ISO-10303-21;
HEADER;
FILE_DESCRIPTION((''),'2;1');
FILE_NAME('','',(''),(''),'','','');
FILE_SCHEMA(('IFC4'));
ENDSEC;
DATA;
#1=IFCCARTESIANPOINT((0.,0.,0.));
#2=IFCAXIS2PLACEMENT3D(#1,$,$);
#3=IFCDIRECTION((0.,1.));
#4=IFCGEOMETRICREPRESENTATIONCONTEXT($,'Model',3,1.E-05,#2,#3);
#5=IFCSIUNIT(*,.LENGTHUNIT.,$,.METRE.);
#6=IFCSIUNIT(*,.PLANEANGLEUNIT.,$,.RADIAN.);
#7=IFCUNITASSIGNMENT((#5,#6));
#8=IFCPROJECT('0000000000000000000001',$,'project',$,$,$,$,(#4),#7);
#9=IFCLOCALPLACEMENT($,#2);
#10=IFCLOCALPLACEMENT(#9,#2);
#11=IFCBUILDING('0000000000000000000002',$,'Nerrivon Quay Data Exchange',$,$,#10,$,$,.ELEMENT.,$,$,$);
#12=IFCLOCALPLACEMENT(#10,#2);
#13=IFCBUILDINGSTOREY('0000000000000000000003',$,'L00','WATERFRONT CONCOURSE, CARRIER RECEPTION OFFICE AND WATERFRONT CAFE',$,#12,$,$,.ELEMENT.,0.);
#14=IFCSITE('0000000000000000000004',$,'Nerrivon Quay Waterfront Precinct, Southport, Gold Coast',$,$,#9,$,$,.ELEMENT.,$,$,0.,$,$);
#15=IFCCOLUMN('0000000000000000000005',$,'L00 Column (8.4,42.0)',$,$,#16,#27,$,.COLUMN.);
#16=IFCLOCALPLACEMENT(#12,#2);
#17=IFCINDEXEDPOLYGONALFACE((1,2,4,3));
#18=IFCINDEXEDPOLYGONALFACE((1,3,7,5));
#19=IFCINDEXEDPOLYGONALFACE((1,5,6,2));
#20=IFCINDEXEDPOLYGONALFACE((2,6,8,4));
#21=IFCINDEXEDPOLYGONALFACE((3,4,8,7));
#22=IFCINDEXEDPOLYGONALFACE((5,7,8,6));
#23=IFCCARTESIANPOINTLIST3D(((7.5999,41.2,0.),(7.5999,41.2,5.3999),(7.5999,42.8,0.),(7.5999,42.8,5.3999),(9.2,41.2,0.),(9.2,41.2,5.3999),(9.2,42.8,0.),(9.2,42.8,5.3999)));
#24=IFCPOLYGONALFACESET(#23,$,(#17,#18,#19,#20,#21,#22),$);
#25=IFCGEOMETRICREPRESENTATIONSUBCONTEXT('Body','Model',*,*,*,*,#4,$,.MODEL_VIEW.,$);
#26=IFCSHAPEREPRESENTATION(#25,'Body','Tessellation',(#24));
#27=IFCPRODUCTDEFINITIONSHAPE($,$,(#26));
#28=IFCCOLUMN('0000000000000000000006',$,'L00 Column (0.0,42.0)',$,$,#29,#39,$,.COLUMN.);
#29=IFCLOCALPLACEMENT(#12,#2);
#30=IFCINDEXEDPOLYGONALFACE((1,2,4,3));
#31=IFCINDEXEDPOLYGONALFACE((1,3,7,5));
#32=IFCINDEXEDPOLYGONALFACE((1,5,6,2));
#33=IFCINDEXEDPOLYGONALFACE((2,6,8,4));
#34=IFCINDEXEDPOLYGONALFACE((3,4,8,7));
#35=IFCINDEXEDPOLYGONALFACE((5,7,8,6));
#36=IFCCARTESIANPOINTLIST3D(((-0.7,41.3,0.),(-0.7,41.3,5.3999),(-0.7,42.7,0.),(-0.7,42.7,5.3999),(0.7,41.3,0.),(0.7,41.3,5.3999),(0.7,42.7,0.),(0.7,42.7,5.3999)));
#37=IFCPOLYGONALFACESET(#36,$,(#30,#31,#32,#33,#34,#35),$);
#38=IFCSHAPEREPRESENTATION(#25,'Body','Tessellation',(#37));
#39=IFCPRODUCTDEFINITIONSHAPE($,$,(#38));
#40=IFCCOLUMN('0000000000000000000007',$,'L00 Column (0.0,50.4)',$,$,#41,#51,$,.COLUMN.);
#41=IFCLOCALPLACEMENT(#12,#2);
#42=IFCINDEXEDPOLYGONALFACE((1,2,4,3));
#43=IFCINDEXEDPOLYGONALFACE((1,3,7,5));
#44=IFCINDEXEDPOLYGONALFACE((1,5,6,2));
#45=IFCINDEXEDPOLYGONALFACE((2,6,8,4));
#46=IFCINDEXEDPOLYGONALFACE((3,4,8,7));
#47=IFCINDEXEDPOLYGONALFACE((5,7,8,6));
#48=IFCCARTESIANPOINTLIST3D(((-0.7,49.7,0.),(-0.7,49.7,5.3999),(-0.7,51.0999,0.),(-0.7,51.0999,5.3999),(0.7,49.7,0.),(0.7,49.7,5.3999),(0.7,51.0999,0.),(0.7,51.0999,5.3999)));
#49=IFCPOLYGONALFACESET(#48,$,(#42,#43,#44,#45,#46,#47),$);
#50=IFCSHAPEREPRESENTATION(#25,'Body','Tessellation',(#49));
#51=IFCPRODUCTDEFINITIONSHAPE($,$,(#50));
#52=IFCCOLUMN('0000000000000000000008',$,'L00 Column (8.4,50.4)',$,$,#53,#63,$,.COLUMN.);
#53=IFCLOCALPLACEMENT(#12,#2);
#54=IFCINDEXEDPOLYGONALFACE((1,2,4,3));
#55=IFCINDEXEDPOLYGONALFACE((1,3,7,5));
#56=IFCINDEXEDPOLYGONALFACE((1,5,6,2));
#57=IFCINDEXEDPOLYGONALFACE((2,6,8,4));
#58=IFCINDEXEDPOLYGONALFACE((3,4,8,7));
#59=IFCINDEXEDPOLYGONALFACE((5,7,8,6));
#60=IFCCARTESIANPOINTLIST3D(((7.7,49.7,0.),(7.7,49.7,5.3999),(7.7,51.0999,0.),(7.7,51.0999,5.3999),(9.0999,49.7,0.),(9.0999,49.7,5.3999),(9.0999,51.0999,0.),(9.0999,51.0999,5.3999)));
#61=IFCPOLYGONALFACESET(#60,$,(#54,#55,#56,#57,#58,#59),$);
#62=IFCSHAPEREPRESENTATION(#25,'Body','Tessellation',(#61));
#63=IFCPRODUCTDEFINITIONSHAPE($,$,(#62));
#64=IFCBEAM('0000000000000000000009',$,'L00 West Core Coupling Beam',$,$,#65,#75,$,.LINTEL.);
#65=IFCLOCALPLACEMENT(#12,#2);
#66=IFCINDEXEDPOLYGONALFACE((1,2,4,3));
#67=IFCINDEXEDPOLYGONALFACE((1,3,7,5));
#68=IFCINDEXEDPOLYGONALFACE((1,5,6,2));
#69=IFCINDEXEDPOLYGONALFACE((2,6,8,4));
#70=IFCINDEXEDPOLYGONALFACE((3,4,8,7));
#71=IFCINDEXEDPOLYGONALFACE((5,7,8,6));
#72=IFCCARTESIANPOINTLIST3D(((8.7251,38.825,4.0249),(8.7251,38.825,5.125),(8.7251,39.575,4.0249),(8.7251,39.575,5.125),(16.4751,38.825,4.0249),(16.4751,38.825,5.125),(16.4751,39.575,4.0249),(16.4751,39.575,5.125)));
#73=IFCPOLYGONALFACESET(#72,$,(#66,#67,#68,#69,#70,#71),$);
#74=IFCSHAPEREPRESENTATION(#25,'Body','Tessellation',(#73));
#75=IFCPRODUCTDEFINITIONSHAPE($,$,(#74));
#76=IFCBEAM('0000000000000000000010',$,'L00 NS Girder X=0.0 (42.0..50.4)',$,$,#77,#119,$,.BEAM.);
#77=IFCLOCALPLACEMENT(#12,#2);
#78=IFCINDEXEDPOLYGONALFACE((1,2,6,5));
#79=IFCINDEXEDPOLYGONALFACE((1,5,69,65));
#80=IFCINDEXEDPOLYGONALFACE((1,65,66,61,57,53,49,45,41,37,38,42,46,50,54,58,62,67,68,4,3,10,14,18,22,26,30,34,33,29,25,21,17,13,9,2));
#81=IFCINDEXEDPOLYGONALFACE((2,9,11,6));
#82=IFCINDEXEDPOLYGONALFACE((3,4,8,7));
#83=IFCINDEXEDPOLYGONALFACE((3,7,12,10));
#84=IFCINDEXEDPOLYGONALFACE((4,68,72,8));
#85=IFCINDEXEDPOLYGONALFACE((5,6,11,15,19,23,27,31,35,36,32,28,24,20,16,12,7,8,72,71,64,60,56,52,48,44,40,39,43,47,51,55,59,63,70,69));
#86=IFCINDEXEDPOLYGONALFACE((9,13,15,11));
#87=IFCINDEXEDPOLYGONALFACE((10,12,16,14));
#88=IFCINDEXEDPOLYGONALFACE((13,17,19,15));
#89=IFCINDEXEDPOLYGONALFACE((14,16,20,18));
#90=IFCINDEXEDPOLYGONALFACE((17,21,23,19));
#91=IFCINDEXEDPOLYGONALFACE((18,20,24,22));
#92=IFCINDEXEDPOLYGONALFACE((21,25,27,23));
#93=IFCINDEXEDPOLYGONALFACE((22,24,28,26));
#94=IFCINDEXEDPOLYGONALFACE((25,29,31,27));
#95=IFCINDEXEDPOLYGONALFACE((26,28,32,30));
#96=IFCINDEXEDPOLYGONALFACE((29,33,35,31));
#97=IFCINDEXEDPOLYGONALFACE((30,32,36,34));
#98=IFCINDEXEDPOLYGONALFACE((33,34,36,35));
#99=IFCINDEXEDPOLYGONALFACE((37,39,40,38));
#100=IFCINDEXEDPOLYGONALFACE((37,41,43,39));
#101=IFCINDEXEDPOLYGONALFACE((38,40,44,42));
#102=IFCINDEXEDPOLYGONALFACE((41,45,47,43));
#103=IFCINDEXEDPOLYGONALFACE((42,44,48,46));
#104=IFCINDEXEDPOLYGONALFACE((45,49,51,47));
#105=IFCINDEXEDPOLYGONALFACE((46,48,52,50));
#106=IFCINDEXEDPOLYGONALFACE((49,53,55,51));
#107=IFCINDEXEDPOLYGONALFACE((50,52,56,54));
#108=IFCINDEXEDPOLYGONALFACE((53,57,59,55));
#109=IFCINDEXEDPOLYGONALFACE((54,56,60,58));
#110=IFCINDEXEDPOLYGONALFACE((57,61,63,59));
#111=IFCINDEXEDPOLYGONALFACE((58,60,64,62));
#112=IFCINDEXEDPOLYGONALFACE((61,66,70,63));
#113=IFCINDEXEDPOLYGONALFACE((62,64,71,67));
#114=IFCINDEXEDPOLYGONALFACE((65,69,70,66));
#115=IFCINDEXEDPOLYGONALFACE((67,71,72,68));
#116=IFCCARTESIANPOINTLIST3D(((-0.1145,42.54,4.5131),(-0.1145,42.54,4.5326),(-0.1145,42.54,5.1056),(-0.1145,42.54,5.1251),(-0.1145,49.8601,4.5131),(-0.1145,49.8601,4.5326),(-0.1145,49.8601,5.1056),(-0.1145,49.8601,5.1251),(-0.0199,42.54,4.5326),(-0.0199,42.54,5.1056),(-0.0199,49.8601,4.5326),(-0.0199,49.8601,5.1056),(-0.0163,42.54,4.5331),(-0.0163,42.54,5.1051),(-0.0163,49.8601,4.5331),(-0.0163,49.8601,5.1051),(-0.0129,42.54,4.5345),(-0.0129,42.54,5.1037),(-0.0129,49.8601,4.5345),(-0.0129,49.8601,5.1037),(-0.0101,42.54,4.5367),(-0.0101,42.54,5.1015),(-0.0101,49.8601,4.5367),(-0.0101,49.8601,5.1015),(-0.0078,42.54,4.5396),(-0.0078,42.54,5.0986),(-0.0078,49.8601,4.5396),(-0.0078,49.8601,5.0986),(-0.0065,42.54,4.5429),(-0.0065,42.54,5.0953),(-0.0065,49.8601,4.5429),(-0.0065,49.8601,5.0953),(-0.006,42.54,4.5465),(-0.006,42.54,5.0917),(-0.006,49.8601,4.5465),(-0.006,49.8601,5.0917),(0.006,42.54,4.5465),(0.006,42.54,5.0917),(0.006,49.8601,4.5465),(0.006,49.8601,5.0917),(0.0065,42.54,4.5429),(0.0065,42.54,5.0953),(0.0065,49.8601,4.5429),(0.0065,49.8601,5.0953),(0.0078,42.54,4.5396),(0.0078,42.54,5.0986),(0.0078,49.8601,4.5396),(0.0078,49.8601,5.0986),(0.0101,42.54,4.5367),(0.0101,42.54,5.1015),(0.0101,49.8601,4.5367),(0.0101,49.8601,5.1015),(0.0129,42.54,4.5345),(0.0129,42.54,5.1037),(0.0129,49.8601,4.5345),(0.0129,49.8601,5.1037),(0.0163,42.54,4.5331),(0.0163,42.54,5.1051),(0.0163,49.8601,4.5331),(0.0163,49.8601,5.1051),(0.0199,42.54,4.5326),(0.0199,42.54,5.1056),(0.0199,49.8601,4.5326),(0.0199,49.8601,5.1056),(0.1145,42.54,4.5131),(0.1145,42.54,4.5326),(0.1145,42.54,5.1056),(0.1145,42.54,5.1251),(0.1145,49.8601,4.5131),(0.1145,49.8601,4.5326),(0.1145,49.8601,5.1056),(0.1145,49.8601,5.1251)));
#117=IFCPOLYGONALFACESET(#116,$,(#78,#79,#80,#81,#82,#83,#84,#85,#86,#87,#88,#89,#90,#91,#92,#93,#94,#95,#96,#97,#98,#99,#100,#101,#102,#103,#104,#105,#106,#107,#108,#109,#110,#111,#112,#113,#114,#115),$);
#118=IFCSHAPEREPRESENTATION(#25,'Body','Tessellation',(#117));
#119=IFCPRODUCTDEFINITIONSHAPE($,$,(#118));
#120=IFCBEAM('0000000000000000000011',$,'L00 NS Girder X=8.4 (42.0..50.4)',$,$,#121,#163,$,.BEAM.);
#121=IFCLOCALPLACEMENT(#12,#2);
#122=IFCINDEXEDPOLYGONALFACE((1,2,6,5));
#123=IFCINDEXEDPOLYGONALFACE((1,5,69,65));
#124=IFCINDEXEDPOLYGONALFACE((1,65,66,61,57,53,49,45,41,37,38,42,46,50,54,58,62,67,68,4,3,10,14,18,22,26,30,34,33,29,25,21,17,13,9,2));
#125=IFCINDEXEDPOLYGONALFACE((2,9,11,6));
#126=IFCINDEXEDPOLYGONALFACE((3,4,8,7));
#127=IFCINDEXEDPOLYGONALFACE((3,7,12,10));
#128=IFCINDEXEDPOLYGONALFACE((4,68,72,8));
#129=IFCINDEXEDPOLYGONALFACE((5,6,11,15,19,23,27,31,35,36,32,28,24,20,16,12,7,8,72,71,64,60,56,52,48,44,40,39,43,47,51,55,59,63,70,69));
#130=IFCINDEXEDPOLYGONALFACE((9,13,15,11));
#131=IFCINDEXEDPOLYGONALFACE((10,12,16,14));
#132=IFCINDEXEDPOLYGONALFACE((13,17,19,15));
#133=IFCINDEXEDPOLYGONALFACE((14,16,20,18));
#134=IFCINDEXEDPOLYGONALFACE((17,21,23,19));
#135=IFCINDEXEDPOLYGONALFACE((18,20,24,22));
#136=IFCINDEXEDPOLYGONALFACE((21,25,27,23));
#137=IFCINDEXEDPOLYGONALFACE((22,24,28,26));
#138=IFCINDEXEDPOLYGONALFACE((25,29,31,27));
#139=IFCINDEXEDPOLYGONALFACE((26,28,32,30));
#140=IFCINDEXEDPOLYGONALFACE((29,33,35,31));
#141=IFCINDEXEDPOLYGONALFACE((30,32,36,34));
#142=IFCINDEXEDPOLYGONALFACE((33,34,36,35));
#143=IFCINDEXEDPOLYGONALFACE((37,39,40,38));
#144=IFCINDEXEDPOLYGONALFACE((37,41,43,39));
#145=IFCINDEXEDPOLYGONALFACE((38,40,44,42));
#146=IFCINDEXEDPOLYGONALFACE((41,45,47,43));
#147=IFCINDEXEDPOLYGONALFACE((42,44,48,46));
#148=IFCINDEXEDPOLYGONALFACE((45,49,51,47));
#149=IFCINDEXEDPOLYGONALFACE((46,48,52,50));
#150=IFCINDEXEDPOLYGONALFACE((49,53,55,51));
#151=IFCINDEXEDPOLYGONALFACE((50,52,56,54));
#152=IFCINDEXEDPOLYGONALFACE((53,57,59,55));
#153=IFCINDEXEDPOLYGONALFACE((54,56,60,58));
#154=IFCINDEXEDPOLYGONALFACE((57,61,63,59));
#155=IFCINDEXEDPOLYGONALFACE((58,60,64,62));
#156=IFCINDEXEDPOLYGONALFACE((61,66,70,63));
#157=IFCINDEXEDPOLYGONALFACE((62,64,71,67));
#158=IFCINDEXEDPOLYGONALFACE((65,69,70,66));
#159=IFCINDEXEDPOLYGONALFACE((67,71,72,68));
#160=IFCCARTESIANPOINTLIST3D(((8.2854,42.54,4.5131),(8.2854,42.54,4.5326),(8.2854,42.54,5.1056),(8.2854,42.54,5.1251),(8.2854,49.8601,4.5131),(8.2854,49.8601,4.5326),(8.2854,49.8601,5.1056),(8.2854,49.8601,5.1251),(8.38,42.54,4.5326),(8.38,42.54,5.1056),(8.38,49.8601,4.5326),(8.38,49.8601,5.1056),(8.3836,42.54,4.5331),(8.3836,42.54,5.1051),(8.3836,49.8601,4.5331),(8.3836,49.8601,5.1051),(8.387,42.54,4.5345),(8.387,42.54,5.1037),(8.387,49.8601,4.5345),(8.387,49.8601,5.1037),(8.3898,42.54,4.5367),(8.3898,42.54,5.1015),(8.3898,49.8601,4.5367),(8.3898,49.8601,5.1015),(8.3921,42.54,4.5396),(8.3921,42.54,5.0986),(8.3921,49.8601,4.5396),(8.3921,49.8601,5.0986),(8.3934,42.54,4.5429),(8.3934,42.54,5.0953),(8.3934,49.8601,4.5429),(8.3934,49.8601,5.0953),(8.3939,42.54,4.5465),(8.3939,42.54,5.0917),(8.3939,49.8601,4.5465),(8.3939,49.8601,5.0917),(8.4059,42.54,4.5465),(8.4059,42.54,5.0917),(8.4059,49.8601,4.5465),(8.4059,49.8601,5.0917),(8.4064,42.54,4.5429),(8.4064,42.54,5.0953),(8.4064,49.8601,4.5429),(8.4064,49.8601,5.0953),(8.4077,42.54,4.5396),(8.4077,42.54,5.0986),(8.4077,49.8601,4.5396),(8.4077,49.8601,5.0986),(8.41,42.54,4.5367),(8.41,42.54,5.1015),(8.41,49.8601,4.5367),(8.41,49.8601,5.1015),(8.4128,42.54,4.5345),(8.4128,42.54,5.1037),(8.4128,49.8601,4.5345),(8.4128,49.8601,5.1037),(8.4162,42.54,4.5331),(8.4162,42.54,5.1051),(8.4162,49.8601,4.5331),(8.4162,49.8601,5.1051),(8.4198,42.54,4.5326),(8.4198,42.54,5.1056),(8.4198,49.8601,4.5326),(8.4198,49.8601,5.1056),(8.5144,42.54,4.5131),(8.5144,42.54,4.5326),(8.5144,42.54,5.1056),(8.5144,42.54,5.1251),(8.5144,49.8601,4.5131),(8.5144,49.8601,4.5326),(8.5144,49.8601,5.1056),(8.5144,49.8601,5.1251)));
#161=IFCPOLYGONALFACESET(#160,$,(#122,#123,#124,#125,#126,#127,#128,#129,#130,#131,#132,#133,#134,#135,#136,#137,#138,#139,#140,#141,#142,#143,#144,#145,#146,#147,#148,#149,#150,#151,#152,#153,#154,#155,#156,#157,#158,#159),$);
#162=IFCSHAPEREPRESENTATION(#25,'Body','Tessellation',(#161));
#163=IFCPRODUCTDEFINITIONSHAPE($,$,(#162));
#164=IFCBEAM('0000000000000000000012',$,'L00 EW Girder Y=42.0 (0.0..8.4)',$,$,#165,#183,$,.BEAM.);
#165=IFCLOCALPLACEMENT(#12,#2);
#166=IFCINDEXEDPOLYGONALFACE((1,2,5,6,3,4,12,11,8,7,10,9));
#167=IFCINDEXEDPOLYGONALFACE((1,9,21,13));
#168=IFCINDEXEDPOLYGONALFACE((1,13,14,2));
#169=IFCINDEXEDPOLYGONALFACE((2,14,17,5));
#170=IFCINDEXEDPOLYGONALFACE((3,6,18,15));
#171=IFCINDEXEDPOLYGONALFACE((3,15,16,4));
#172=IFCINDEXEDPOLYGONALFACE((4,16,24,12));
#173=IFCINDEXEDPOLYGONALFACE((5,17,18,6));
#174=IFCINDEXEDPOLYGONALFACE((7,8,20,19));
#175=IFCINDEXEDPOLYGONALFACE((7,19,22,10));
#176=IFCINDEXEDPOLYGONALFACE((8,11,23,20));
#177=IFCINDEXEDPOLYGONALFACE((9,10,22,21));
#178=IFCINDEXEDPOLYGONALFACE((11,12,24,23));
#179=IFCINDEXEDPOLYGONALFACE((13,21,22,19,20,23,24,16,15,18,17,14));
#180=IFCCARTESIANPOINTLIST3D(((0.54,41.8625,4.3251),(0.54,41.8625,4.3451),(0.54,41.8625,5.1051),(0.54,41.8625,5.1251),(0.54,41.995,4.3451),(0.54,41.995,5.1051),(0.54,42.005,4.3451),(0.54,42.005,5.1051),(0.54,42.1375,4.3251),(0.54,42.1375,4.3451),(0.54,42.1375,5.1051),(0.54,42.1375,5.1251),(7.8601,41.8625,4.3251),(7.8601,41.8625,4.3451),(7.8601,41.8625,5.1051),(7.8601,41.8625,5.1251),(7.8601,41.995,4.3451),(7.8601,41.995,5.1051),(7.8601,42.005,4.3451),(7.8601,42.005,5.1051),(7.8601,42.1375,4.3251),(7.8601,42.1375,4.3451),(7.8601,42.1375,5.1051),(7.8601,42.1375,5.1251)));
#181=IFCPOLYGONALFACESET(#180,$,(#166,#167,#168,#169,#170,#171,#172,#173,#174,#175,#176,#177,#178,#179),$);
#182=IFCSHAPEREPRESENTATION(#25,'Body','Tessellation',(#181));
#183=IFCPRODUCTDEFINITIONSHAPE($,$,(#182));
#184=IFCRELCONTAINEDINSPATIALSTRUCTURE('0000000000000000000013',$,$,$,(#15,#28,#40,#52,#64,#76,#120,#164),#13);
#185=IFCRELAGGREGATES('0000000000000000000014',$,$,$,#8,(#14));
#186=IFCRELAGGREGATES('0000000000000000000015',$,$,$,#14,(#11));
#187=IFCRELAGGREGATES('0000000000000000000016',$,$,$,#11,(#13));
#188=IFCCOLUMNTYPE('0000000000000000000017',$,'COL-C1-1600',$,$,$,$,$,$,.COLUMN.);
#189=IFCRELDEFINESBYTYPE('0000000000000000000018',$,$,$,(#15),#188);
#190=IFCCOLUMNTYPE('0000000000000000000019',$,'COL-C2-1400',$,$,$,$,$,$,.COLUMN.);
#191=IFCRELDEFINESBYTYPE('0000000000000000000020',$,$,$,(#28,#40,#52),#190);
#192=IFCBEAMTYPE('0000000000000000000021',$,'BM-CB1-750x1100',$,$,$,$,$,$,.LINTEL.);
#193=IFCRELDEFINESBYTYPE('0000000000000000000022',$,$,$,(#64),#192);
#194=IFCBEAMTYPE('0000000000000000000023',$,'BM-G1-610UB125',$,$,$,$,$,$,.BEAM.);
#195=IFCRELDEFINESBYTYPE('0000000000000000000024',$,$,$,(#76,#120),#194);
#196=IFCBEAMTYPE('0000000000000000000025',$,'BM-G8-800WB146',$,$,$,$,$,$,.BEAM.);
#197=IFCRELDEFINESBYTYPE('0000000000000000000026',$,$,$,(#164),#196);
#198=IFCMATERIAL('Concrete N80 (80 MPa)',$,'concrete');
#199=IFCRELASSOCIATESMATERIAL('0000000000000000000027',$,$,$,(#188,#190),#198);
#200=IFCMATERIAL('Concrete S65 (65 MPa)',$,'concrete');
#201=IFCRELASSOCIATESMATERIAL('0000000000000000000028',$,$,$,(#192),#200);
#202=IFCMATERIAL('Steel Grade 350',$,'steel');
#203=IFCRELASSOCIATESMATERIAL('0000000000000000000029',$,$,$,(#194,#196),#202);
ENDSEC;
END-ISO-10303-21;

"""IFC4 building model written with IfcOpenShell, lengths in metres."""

from ifc_helpers import new_model, si_unit, direction, frame, origin, origin_2d, place, context, subcontext, project, spatial, rectangle, i_section, extrude, material, material_profile, profile_set, type_object, element, save


model = new_model("IFC4")

# Units and contexts
model_context = context("Model", 3, precision=1e-05, world=origin(), true_north=direction((0.0, 1.0)))
body_context = subcontext(model_context, "Body", "Model", "MODEL_VIEW")
ifc_project = project(units=[si_unit("LENGTHUNIT", "METRE"), si_unit("PLANEANGLEUNIT", "RADIAN")], contexts=[model_context])

# Site, building, storey
site_placement = place(None, origin())
site = spatial("IfcSite", under=ifc_project, at=site_placement, Name="Nerrivon Quay Waterfront Precinct, Southport, Gold Coast", CompositionType="ELEMENT", RefElevation=0.0)
building_placement = place(site_placement, origin())
building = spatial("IfcBuilding", under=site, at=building_placement, Name="Nerrivon Quay Data Exchange", CompositionType="ELEMENT")
storey_placement = place(building_placement, origin())
storey = spatial("IfcBuildingStorey", under=building, at=storey_placement, Name="L00", Description="WATERFRONT CONCOURSE, CARRIER RECEPTION OFFICE AND WATERFRONT CAFE", CompositionType="ELEMENT", Elevation=0.0)

# Columns
ifc_material_1 = material(Name="Concrete N80 (80 MPa)", Category="concrete")
ifc_material_profile_1 = material_profile(ifc_material_1, rectangle(XDim=1.6001, YDim=1.6001, at=origin_2d()), Name="RC-COL-1600x1600")
ifc_profile_set_1 = profile_set([ifc_material_profile_1], Name="Concrete N80 (80 MPa)")
column_type_1 = type_object("IfcColumnType", Name="COL-C1-1600", PredefinedType="COLUMN", material=ifc_profile_set_1)
column_placement = place(storey_placement, frame((8.3999, 42.0, 0.0), z_axis=(0.0, 0.0, 1.0), x_axis=(1.0, 0.0, 0.0)))
element("IfcColumn", 1, at=column_placement, inside=storey, type_object=column_type_1, Name="L00 Column (8.4,42.0)", PredefinedType="COLUMN", context=body_context, shape_type="SweptSolid", body=[
    extrude(rectangle(XDim=1.6001, YDim=1.6001, at=origin_2d()), origin(), (0.0, 0.0, 1.0), 5.3999),
])
ifc_material_profile_2 = material_profile(ifc_material_1, rectangle(XDim=1.3999, YDim=1.3999, at=origin_2d()), Name="RC-COL-1400x1400")
ifc_profile_set_2 = profile_set([ifc_material_profile_2], Name="Concrete N80 (80 MPa)")
column_type_2 = type_object("IfcColumnType", Name="COL-C2-1400", PredefinedType="COLUMN", material=ifc_profile_set_2)
for number, where, z_axis, x_axis, name in (
    (2, (0.0, 42.0, 0.0), (0.0, 0.0, 1.0), (1.0, 0.0, 0.0), "L00 Column (0.0,42.0)"),
    (3, (0.0, 50.3999, 0.0), (0.0, 0.0, 1.0), (1.0, 0.0, 0.0), "L00 Column (0.0,50.4)"),
    (4, (8.3999, 50.3999, 0.0), (0.0, 0.0, 1.0), (1.0, 0.0, 0.0), "L00 Column (8.4,50.4)"),
):
    element("IfcColumn", number, at=place(storey_placement, frame(where, z_axis=z_axis, x_axis=x_axis)), inside=storey, type_object=column_type_2, Name=name, PredefinedType="COLUMN", context=body_context, shape_type="SweptSolid", body=[
        extrude(rectangle(XDim=1.3999, YDim=1.3999, at=origin_2d()), origin(), (0.0, 0.0, 1.0), 5.3999),
    ])

# Beams
ifc_material_2 = material(Name="Concrete S65 (65 MPa)", Category="concrete")
ifc_material_profile_3 = material_profile(ifc_material_2, rectangle(XDim=0.75, YDim=1.1001, at=origin_2d()), Name="RC-CB-750x1100")
ifc_profile_set_3 = profile_set([ifc_material_profile_3], Name="Concrete S65 (65 MPa)")
beam_type_1 = type_object("IfcBeamType", Name="BM-CB1-750x1100", PredefinedType="LINTEL", material=ifc_profile_set_3)
beam_1_placement = place(storey_placement, frame((8.7251, 39.2, 4.575), z_axis=(1.0, 0.0, 0.0), x_axis=(0.0, 1.0, 0.0)))
element("IfcBeam", 5, at=beam_1_placement, inside=storey, type_object=beam_type_1, Name="L00 West Core Coupling Beam", PredefinedType="LINTEL", context=body_context, shape_type="SweptSolid", body=[
    extrude(rectangle(XDim=0.75, YDim=1.1001, at=origin_2d()), origin(), (0.0, 0.0, 1.0), 7.75),
])
ifc_material_3 = material(Name="Steel Grade 350", Category="steel")
ifc_material_profile_4 = material_profile(ifc_material_3, i_section(OverallWidth=0.229, OverallDepth=0.6121, WebThickness=0.012, FlangeThickness=0.0195, FilletRadius=0.0139, at=origin_2d()), Name="610UB125")
ifc_profile_set_4 = profile_set([ifc_material_profile_4], Name="Steel Grade 350")
beam_type_2 = type_object("IfcBeamType", Name="BM-G1-610UB125", PredefinedType="BEAM", material=ifc_profile_set_4)
for number, where, z_axis, x_axis, name in (
    (6, (0.0, 42.54, 4.8191), (0.0, 1.0, 0.0), (-1.0, 0.0, 0.0), "L00 NS Girder X=0.0 (42.0..50.4)"),
    (7, (8.3999, 42.54, 4.8191), (0.0, 1.0, 0.0), (-1.0, 0.0, 0.0), "L00 NS Girder X=8.4 (42.0..50.4)"),
):
    element("IfcBeam", number, at=place(storey_placement, frame(where, z_axis=z_axis, x_axis=x_axis)), inside=storey, type_object=beam_type_2, Name=name, PredefinedType="BEAM", context=body_context, shape_type="SweptSolid", body=[
        extrude(i_section(OverallWidth=0.229, OverallDepth=0.6121, WebThickness=0.012, FlangeThickness=0.0195, FilletRadius=0.0139, at=origin_2d()), origin(), (0.0, 0.0, 1.0), 7.3201),
    ])
ifc_material_profile_5 = material_profile(ifc_material_3, i_section(OverallWidth=0.2749, OverallDepth=0.8, WebThickness=0.01, FlangeThickness=0.02, at=origin_2d()), Name="800WB146")
ifc_profile_set_5 = profile_set([ifc_material_profile_5], Name="Steel Grade 350")
beam_type_3 = type_object("IfcBeamType", Name="BM-G8-800WB146", PredefinedType="BEAM", material=ifc_profile_set_5)
for number, where, z_axis, x_axis, name in (
    (8, (0.54, 42.0, 4.7251), (1.0, 0.0, 0.0), (0.0, 1.0, 0.0), "L00 EW Girder Y=42.0 (0.0..8.4)"),
):
    element("IfcBeam", number, at=place(storey_placement, frame(where, z_axis=z_axis, x_axis=x_axis)), inside=storey, type_object=beam_type_3, Name=name, PredefinedType="BEAM", context=body_context, shape_type="SweptSolid", body=[
        extrude(i_section(OverallWidth=0.2749, OverallDepth=0.8, WebThickness=0.01, FlangeThickness=0.02, at=origin_2d()), origin(), (0.0, 0.0, 1.0), 7.3201),
    ])

save(model, "model.ifc")
